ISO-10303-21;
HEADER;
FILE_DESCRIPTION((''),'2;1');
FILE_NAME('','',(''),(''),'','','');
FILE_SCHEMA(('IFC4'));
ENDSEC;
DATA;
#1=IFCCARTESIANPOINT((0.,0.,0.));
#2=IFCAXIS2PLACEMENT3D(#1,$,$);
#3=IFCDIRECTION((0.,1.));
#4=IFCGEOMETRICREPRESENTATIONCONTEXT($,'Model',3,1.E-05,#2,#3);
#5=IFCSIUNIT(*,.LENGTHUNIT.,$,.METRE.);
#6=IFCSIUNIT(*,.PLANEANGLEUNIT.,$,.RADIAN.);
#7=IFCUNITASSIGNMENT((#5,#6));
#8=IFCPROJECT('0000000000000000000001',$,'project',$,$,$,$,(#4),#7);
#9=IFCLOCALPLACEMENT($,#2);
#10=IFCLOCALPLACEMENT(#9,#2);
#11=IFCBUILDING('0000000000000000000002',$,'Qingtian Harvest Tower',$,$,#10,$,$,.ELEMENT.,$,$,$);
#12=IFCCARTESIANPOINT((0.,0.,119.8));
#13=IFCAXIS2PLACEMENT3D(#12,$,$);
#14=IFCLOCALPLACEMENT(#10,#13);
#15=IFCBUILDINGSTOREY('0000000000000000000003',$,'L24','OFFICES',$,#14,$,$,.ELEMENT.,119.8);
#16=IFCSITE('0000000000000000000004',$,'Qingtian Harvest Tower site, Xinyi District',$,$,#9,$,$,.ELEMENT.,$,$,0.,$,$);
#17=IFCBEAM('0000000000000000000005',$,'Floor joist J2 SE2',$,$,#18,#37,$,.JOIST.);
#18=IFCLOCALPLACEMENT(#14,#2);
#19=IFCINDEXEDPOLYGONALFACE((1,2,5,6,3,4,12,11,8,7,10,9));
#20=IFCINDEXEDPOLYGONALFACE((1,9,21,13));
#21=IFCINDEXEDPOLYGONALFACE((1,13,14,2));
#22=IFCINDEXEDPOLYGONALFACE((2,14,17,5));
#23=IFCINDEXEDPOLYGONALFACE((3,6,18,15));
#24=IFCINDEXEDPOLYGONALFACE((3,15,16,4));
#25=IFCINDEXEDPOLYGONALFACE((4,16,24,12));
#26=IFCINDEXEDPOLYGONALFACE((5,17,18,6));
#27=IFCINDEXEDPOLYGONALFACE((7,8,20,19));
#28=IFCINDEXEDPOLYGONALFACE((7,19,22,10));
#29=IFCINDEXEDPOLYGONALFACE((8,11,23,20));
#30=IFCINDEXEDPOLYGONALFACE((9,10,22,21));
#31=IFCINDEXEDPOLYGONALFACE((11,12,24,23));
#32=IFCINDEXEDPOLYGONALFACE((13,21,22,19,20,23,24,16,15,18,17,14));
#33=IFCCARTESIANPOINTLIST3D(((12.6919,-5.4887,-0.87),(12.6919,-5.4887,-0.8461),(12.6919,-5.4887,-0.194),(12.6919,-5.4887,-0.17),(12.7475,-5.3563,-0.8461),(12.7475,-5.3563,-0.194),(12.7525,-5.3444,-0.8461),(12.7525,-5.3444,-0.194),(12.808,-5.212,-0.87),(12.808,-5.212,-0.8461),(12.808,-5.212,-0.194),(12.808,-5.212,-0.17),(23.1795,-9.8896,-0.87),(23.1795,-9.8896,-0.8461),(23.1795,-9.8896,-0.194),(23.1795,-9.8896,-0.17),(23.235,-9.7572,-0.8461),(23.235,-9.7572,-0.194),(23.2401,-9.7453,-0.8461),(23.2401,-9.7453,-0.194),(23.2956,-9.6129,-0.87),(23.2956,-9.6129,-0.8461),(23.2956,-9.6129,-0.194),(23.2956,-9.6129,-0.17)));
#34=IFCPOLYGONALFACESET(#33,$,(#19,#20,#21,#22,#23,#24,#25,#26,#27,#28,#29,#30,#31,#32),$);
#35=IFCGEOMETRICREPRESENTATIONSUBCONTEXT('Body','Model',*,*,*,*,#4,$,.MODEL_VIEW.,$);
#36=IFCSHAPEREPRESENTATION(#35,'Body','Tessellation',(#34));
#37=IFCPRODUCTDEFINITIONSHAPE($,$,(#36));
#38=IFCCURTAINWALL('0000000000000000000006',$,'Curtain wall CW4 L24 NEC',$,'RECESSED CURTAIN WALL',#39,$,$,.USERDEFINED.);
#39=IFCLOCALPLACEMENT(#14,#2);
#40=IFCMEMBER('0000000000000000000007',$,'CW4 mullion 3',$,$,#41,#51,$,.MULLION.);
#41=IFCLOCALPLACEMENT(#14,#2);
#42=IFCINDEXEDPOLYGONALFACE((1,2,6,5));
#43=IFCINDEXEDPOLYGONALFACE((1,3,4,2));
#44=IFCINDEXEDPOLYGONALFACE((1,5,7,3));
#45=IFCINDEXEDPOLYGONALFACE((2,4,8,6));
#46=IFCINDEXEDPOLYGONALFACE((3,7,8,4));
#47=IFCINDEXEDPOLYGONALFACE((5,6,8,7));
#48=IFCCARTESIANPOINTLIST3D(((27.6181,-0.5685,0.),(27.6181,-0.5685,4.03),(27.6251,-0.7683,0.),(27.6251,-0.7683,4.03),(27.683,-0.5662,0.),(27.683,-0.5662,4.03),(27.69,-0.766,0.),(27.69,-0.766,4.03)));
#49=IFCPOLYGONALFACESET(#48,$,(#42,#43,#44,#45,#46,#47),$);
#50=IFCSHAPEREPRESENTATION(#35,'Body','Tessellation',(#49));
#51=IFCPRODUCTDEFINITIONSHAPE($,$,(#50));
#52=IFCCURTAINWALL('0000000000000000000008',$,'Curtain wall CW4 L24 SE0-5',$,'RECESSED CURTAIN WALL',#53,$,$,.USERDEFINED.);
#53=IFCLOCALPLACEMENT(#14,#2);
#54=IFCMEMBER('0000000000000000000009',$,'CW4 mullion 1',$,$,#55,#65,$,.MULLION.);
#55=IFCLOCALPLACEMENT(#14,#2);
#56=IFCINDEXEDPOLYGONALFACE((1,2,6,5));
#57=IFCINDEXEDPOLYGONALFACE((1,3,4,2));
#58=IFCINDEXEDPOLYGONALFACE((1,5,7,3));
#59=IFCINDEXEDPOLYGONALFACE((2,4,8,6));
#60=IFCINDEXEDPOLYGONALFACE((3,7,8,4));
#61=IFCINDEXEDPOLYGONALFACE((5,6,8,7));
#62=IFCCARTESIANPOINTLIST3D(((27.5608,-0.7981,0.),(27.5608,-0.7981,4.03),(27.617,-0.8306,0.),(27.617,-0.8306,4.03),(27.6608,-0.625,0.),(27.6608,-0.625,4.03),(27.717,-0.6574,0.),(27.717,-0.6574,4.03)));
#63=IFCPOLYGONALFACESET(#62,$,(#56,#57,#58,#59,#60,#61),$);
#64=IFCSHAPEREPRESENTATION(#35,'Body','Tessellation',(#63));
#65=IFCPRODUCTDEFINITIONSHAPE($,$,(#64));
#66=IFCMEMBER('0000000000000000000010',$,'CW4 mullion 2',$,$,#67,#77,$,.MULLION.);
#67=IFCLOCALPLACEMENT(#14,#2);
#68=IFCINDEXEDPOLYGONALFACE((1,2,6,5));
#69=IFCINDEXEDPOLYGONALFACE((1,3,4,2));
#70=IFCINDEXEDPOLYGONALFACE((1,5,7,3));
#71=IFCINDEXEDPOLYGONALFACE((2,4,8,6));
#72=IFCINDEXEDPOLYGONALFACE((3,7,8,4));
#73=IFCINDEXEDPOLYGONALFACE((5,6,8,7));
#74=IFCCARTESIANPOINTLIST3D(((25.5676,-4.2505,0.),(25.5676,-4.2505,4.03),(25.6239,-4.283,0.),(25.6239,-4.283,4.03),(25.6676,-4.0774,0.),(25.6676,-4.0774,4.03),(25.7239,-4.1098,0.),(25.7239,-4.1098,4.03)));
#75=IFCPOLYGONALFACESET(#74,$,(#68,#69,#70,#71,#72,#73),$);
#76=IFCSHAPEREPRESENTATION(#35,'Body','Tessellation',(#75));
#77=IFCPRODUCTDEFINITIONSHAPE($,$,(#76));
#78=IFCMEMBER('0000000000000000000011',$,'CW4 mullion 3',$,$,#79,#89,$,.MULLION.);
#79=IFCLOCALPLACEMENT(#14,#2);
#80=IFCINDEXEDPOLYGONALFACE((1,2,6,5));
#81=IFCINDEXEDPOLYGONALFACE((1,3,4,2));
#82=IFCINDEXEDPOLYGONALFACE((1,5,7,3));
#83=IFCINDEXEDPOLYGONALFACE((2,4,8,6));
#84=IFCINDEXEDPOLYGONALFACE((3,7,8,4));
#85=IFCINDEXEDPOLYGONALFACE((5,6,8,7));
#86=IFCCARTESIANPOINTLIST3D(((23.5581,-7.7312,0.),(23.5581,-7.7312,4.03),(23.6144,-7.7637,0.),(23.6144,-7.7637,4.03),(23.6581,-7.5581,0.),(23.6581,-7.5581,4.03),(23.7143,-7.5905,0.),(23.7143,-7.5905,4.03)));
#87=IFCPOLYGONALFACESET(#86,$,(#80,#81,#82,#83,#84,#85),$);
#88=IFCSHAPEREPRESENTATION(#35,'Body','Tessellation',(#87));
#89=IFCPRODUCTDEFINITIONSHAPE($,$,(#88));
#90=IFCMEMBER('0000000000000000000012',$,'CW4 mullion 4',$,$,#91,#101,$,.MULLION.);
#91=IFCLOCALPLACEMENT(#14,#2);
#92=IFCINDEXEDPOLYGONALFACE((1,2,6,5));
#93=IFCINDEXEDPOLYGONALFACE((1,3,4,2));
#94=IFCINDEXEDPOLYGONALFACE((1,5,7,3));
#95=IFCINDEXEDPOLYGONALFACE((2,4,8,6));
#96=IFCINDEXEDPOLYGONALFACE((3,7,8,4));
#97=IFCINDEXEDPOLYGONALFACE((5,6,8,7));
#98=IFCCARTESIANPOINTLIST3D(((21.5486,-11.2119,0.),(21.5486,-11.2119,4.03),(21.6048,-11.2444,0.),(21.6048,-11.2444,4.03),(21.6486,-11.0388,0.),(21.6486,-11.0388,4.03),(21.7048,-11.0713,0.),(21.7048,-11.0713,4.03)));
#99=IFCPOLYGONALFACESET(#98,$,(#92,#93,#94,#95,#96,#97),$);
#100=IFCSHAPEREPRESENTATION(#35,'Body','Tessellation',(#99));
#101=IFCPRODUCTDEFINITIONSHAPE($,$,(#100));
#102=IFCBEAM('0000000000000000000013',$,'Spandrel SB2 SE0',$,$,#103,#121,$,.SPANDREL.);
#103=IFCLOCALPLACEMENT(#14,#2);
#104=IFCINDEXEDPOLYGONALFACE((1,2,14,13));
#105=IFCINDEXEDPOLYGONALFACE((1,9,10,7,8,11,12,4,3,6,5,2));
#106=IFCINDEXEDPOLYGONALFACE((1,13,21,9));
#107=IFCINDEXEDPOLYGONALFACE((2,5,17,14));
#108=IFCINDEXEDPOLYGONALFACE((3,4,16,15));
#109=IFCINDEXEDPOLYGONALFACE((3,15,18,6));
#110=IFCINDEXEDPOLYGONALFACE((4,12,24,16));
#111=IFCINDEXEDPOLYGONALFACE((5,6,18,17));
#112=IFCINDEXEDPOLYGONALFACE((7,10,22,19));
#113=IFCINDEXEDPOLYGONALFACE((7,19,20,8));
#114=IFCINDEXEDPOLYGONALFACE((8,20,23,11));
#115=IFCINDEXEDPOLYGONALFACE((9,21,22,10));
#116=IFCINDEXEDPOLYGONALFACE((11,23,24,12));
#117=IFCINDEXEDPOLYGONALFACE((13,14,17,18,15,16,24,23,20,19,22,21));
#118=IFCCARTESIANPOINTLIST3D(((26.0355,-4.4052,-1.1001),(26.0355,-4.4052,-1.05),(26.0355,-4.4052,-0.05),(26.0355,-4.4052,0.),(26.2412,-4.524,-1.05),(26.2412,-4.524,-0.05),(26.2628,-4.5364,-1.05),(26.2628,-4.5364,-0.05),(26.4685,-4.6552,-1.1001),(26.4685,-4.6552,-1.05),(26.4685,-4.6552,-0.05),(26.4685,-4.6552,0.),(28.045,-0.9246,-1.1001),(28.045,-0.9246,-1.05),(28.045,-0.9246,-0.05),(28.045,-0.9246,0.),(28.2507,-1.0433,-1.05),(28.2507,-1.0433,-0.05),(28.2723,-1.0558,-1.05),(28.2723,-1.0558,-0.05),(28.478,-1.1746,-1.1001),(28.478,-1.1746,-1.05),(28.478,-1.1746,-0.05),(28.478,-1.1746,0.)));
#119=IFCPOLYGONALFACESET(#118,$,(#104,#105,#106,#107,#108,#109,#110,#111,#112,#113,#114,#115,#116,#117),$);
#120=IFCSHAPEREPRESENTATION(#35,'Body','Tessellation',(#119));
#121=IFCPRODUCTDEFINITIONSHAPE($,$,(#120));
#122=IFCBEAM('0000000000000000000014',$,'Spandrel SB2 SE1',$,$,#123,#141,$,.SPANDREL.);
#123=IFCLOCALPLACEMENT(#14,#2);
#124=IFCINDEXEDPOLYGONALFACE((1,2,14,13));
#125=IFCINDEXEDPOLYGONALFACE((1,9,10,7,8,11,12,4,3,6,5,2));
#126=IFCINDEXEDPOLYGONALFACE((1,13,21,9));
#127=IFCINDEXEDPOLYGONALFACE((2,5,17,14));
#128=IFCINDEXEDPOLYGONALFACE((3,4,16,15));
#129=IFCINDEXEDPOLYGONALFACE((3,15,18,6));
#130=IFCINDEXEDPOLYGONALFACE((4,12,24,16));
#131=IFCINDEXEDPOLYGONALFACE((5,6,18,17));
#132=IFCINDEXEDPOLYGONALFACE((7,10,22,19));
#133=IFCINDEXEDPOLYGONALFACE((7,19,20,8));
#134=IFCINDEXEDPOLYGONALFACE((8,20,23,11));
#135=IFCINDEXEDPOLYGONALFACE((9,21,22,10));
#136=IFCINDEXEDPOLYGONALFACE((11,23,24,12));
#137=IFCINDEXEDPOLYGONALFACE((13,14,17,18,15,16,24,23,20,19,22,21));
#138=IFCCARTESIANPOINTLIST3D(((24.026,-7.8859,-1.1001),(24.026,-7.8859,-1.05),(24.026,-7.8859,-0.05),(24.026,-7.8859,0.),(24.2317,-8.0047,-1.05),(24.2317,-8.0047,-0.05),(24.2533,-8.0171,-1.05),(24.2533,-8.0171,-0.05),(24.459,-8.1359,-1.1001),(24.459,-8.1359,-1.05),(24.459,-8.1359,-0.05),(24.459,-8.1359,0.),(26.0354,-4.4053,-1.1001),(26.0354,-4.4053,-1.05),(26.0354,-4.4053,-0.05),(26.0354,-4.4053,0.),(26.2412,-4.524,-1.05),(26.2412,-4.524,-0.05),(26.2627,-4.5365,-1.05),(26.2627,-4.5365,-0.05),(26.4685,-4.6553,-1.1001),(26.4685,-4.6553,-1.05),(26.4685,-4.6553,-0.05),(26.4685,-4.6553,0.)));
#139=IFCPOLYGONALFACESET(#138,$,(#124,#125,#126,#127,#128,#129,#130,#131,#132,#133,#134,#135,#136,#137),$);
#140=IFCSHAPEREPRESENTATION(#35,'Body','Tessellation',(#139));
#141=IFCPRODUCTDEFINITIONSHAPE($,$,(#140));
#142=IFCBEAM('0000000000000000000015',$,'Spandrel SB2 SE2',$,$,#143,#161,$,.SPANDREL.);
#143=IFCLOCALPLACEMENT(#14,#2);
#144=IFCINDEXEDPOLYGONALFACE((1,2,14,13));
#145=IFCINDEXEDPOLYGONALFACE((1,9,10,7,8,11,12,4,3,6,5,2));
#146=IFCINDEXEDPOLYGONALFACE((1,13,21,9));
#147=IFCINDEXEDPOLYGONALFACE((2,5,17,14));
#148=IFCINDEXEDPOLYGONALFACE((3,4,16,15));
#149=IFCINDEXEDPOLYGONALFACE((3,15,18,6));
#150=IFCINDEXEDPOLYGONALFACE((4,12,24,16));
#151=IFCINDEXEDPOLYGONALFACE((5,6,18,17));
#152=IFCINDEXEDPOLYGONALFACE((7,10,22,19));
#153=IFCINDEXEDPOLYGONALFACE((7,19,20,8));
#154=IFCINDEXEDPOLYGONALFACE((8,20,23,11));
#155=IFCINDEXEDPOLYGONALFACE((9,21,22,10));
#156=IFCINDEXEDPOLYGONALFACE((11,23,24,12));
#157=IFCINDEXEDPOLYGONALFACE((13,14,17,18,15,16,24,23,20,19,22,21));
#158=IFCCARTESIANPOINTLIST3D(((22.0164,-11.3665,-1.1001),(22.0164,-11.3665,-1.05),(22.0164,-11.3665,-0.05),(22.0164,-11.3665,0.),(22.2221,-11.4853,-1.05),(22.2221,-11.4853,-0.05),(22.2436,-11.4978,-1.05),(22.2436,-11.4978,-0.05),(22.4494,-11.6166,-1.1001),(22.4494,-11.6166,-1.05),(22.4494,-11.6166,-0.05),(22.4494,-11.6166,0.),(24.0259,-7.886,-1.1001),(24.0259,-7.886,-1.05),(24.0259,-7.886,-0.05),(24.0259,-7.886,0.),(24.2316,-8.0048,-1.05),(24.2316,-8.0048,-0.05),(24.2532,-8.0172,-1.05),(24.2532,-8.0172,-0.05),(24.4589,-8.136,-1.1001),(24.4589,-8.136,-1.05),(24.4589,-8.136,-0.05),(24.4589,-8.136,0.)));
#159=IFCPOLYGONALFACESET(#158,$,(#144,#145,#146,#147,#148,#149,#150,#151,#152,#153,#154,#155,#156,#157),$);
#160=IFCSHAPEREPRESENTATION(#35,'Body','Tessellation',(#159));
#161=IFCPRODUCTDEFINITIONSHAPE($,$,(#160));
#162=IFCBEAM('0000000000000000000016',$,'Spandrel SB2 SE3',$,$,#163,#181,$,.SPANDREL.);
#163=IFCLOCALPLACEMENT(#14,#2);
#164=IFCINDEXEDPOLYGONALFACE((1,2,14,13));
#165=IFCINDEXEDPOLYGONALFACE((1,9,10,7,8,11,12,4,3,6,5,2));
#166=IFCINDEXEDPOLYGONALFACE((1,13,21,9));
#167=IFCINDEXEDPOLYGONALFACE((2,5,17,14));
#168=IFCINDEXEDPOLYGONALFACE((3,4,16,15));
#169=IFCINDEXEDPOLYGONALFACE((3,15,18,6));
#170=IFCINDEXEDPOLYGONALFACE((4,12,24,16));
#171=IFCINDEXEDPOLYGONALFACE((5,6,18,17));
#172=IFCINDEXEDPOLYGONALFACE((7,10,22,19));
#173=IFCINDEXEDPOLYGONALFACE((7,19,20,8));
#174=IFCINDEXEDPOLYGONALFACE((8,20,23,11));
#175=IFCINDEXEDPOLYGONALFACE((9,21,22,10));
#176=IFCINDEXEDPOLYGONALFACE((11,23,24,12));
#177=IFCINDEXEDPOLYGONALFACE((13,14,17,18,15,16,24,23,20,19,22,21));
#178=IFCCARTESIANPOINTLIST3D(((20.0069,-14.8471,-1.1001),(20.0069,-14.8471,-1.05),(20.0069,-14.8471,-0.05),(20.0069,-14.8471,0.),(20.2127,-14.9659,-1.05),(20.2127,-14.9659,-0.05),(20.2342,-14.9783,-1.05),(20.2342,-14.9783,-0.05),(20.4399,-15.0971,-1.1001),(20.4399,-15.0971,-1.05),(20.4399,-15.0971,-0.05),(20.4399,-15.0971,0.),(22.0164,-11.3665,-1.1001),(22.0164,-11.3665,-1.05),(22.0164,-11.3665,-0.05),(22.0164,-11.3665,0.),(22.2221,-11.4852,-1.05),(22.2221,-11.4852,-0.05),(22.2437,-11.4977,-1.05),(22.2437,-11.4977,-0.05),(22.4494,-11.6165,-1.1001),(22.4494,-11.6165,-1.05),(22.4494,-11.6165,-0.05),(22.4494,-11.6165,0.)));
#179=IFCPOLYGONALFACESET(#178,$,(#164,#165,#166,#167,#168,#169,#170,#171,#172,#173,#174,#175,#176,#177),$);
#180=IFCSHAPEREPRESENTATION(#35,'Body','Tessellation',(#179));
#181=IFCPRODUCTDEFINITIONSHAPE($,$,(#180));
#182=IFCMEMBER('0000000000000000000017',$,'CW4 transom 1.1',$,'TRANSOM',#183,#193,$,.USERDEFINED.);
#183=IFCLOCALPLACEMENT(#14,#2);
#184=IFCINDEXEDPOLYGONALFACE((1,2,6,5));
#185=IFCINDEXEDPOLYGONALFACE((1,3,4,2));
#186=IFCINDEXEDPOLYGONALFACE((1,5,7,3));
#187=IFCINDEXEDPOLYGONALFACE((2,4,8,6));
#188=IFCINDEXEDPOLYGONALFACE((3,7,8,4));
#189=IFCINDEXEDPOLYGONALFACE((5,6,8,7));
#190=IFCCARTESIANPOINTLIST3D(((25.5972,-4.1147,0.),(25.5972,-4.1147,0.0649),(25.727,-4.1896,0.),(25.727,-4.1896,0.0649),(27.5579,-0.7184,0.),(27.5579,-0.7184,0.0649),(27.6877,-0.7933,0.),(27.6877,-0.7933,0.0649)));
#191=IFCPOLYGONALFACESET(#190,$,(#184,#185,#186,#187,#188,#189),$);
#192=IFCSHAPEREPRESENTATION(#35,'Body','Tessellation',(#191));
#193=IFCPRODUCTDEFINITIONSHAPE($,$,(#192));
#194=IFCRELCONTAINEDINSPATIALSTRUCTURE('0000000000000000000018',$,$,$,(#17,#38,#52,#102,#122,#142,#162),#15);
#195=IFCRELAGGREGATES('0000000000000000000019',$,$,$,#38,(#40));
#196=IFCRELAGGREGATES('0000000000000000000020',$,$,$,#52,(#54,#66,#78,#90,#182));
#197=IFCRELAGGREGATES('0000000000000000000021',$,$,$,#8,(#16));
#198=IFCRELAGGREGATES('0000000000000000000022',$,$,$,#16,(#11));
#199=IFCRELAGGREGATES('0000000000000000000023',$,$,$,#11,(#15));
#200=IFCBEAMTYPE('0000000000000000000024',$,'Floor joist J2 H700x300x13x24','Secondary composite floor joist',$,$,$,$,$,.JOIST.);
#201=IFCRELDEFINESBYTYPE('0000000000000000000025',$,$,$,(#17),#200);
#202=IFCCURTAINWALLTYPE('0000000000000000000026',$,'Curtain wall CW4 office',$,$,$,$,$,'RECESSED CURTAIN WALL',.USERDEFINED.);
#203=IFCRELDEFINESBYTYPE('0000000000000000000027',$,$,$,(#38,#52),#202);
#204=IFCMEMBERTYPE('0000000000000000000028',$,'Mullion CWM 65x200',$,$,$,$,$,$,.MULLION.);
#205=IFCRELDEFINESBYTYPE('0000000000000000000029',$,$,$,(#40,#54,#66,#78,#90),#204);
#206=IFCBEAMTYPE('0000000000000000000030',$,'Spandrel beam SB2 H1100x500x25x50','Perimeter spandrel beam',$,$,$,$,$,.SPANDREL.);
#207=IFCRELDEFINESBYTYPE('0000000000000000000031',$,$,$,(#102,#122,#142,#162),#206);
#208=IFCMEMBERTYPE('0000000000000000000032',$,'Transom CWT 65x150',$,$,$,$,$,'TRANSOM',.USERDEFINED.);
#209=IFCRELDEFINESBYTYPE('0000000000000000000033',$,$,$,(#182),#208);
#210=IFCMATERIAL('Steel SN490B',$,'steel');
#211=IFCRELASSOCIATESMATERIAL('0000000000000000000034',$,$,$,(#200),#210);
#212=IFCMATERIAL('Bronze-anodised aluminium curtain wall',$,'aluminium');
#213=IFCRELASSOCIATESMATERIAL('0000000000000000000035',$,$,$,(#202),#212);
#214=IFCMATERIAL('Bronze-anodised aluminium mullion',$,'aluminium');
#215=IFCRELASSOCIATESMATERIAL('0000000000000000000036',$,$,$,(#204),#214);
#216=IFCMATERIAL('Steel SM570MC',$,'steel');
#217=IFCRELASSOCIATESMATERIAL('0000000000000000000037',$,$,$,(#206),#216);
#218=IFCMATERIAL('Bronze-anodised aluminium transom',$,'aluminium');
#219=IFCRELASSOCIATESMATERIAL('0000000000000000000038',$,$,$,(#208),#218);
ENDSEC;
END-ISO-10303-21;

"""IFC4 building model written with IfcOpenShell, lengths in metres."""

from ifc_helpers import new_model, si_unit, direction, frame, origin, origin_2d, place, context, subcontext, project, spatial, rectangle, i_section, extrude, material, material_profile, profile_set, type_object, element, aggregate, save


model = new_model("IFC4")

# Units and contexts
model_context = context("Model", 3, precision=1e-05, world=origin(), true_north=direction((0.0, 1.0)))
body_context = subcontext(model_context, "Body", "Model", "MODEL_VIEW")
ifc_project = project(units=[si_unit("LENGTHUNIT", "METRE"), si_unit("PLANEANGLEUNIT", "RADIAN")], contexts=[model_context])

# Site, building, storey
site_placement = place(None, origin())
site = spatial("IfcSite", under=ifc_project, at=site_placement, Name="Qingtian Harvest Tower site, Xinyi District", CompositionType="ELEMENT", RefElevation=0.0)
building_placement = place(site_placement, origin())
building = spatial("IfcBuilding", under=site, at=building_placement, Name="Qingtian Harvest Tower", CompositionType="ELEMENT")
storey_placement = place(building_placement, frame((0.0, 0.0, 119.8)))
storey = spatial("IfcBuildingStorey", under=building, at=storey_placement, Name="L24", Description="OFFICES", CompositionType="ELEMENT", Elevation=119.8)

# Beam
ifc_material_1 = material(Name="Steel SN490B", Category="steel")
ifc_material_profile_1 = material_profile(ifc_material_1, i_section(OverallWidth=0.3, OverallDepth=0.7, WebThickness=0.0129, FlangeThickness=0.0239, at=origin_2d()), Name="H700x300x13x24")
ifc_profile_set_1 = profile_set([ifc_material_profile_1], Name="Steel SN490B")
beam_type_1 = type_object("IfcBeamType", Name="Floor joist J2 H700x300x13x24", Description="Secondary composite floor joist", PredefinedType="JOIST", material=ifc_profile_set_1)
beam_1_placement = place(storey_placement, frame((23.2375, -9.7512, -0.52), z_axis=(-0.922104, 0.386942, 0.0), x_axis=(-0.386942, -0.922104, 0.0)))
element("IfcBeam", 1, at=beam_1_placement, inside=storey, type_object=beam_type_1, Name="Floor joist J2 SE2", PredefinedType="JOIST", context=body_context, shape_type="SweptSolid", body=[
    extrude(i_section(OverallWidth=0.3, OverallDepth=0.7, WebThickness=0.0129, FlangeThickness=0.0239, at=origin_2d()), origin(), (0.0, 0.0, 1.0), 11.3735),
])

# Curtain wall, member
ifc_material_2 = material(Name="Bronze-anodised aluminium curtain wall", Category="aluminium")
curtain_wall_type = type_object("IfcCurtainWallType", Name="Curtain wall CW4 office", ElementType="RECESSED CURTAIN WALL", PredefinedType="USERDEFINED", material=ifc_material_2)
curtain_wall_1_placement = place(storey_placement, origin())
curtain_wall_1 = element("IfcCurtainWall", 2, at=curtain_wall_1_placement, inside=storey, type_object=curtain_wall_type, Name="Curtain wall CW4 L24 NEC", ObjectType="RECESSED CURTAIN WALL", PredefinedType="USERDEFINED")
ifc_material_3 = material(Name="Bronze-anodised aluminium mullion", Category="aluminium")
ifc_material_profile_2 = material_profile(ifc_material_3, rectangle(XDim=0.0649, YDim=0.2, at=origin_2d()), Name="AL 65x200")
ifc_profile_set_2 = profile_set([ifc_material_profile_2], Name="Bronze-anodised aluminium mullion")
member_type_1 = type_object("IfcMemberType", Name="Mullion CWM 65x200", PredefinedType="MULLION", material=ifc_profile_set_2)
member_1_placement = place(storey_placement, frame((27.6541, -0.6672, 0.0), z_axis=(0.0, 0.0, 1.0), x_axis=(0.999391, 0.034899, 0.0)))
member_1 = element("IfcMember", 3, at=member_1_placement, type_object=member_type_1, Name="CW4 mullion 3", PredefinedType="MULLION", context=body_context, shape_type="SweptSolid", body=[
    extrude(rectangle(XDim=0.0649, YDim=0.2, at=origin_2d()), origin(), (0.0, 0.0, 1.0), 4.03),
])
aggregate(curtain_wall_1, [member_1])

# Curtain wall, members
curtain_wall_2_placement = place(storey_placement, origin())
curtain_wall_2 = element("IfcCurtainWall", 4, at=curtain_wall_2_placement, inside=storey, type_object=curtain_wall_type, Name="Curtain wall CW4 L24 SE0-5", ObjectType="RECESSED CURTAIN WALL", PredefinedType="USERDEFINED")
member_2_placement = place(storey_placement, frame((27.6389, -0.7278, 0.0), z_axis=(0.0, 0.0, 1.0), x_axis=(0.866025, -0.5, 0.0)))
member_2 = element("IfcMember", 5, at=member_2_placement, type_object=member_type_1, Name="CW4 mullion 1", PredefinedType="MULLION", context=body_context, shape_type="SweptSolid", body=[
    extrude(rectangle(XDim=0.0649, YDim=0.2, at=origin_2d()), origin(), (0.0, 0.0, 1.0), 4.03),
])
member_3_placement = place(storey_placement, frame((25.6458, -4.1802, 0.0), z_axis=(0.0, 0.0, 1.0), x_axis=(0.866025, -0.5, 0.0)))
member_3 = element("IfcMember", 6, at=member_3_placement, type_object=member_type_1, Name="CW4 mullion 2", PredefinedType="MULLION", context=body_context, shape_type="SweptSolid", body=[
    extrude(rectangle(XDim=0.0649, YDim=0.2, at=origin_2d()), origin(), (0.0, 0.0, 1.0), 4.03),
])
member_4_placement = place(storey_placement, frame((23.6362, -7.6609, 0.0), z_axis=(0.0, 0.0, 1.0), x_axis=(0.866025, -0.5, 0.0)))
member_4 = element("IfcMember", 7, at=member_4_placement, type_object=member_type_1, Name="CW4 mullion 3", PredefinedType="MULLION", context=body_context, shape_type="SweptSolid", body=[
    extrude(rectangle(XDim=0.0649, YDim=0.2, at=origin_2d()), origin(), (0.0, 0.0, 1.0), 4.03),
])
member_5_placement = place(storey_placement, frame((21.6267, -11.1416, 0.0), z_axis=(0.0, 0.0, 1.0), x_axis=(0.866025, -0.5, 0.0)))
member_5 = element("IfcMember", 8, at=member_5_placement, type_object=member_type_1, Name="CW4 mullion 4", PredefinedType="MULLION", context=body_context, shape_type="SweptSolid", body=[
    extrude(rectangle(XDim=0.0649, YDim=0.2, at=origin_2d()), origin(), (0.0, 0.0, 1.0), 4.03),
])

# Beams
ifc_material_4 = material(Name="Steel SM570MC", Category="steel")
ifc_material_profile_3 = material_profile(ifc_material_4, i_section(OverallWidth=0.5, OverallDepth=1.1001, WebThickness=0.0249, FlangeThickness=0.05, at=origin_2d()), Name="H1100x500x25x50")
ifc_profile_set_3 = profile_set([ifc_material_profile_3], Name="Steel SM570MC")
beam_type_2 = type_object("IfcBeamType", Name="Spandrel beam SB2 H1100x500x25x50", Description="Perimeter spandrel beam", PredefinedType="SPANDREL", material=ifc_profile_set_3)
for number, where, z_axis, x_axis, name in (
    (9, (28.2615, -1.0496, -0.55), (-0.499987, -0.866033, 0.0), (0.866033, -0.499987, 0.0), "Spandrel SB2 SE0"),
    (10, (26.252, -4.5303, -0.55), (-0.499987, -0.866033, 0.0), (0.866033, -0.499987, 0.0), "Spandrel SB2 SE1"),
    (11, (24.2424, -8.011, -0.55), (-0.500013, -0.866018, 0.0), (0.866018, -0.500013, 0.0), "Spandrel SB2 SE2"),
    (12, (22.2329, -11.4915, -0.55), (-0.499987, -0.866033, 0.0), (0.866033, -0.499987, 0.0), "Spandrel SB2 SE3"),
):
    element("IfcBeam", number, at=place(storey_placement, frame(where, z_axis=z_axis, x_axis=x_axis)), inside=storey, type_object=beam_type_2, Name=name, PredefinedType="SPANDREL", context=body_context, shape_type="SweptSolid", body=[
        extrude(i_section(OverallWidth=0.5, OverallDepth=1.1001, WebThickness=0.0249, FlangeThickness=0.05, at=origin_2d()), origin(), (0.0, 0.0, 1.0), 4.019),
    ])

# Member
ifc_material_5 = material(Name="Bronze-anodised aluminium transom", Category="aluminium")
ifc_material_profile_4 = material_profile(ifc_material_5, rectangle(XDim=0.1499, YDim=0.0649, at=origin_2d()), Name="AL 65x150")
ifc_profile_set_4 = profile_set([ifc_material_profile_4], Name="Bronze-anodised aluminium transom")
member_type_2 = type_object("IfcMemberType", Name="Transom CWT 65x150", ElementType="TRANSOM", PredefinedType="USERDEFINED", material=ifc_profile_set_4)
member_6_placement = place(storey_placement, frame((27.6228, -0.7559, 0.0325), z_axis=(-0.499976, -0.866039, 0.0), x_axis=(0.866039, -0.499976, 0.0)))
member_6 = element("IfcMember", 13, at=member_6_placement, type_object=member_type_2, Name="CW4 transom 1.1", ObjectType="TRANSOM", PredefinedType="USERDEFINED", context=body_context, shape_type="SweptSolid", body=[
    extrude(rectangle(XDim=0.1499, YDim=0.0649, at=origin_2d()), origin(), (0.0, 0.0, 1.0), 3.9216),
])

aggregate(curtain_wall_2, [member_2, member_3, member_4, member_5, member_6])

save(model, "model.ifc")
